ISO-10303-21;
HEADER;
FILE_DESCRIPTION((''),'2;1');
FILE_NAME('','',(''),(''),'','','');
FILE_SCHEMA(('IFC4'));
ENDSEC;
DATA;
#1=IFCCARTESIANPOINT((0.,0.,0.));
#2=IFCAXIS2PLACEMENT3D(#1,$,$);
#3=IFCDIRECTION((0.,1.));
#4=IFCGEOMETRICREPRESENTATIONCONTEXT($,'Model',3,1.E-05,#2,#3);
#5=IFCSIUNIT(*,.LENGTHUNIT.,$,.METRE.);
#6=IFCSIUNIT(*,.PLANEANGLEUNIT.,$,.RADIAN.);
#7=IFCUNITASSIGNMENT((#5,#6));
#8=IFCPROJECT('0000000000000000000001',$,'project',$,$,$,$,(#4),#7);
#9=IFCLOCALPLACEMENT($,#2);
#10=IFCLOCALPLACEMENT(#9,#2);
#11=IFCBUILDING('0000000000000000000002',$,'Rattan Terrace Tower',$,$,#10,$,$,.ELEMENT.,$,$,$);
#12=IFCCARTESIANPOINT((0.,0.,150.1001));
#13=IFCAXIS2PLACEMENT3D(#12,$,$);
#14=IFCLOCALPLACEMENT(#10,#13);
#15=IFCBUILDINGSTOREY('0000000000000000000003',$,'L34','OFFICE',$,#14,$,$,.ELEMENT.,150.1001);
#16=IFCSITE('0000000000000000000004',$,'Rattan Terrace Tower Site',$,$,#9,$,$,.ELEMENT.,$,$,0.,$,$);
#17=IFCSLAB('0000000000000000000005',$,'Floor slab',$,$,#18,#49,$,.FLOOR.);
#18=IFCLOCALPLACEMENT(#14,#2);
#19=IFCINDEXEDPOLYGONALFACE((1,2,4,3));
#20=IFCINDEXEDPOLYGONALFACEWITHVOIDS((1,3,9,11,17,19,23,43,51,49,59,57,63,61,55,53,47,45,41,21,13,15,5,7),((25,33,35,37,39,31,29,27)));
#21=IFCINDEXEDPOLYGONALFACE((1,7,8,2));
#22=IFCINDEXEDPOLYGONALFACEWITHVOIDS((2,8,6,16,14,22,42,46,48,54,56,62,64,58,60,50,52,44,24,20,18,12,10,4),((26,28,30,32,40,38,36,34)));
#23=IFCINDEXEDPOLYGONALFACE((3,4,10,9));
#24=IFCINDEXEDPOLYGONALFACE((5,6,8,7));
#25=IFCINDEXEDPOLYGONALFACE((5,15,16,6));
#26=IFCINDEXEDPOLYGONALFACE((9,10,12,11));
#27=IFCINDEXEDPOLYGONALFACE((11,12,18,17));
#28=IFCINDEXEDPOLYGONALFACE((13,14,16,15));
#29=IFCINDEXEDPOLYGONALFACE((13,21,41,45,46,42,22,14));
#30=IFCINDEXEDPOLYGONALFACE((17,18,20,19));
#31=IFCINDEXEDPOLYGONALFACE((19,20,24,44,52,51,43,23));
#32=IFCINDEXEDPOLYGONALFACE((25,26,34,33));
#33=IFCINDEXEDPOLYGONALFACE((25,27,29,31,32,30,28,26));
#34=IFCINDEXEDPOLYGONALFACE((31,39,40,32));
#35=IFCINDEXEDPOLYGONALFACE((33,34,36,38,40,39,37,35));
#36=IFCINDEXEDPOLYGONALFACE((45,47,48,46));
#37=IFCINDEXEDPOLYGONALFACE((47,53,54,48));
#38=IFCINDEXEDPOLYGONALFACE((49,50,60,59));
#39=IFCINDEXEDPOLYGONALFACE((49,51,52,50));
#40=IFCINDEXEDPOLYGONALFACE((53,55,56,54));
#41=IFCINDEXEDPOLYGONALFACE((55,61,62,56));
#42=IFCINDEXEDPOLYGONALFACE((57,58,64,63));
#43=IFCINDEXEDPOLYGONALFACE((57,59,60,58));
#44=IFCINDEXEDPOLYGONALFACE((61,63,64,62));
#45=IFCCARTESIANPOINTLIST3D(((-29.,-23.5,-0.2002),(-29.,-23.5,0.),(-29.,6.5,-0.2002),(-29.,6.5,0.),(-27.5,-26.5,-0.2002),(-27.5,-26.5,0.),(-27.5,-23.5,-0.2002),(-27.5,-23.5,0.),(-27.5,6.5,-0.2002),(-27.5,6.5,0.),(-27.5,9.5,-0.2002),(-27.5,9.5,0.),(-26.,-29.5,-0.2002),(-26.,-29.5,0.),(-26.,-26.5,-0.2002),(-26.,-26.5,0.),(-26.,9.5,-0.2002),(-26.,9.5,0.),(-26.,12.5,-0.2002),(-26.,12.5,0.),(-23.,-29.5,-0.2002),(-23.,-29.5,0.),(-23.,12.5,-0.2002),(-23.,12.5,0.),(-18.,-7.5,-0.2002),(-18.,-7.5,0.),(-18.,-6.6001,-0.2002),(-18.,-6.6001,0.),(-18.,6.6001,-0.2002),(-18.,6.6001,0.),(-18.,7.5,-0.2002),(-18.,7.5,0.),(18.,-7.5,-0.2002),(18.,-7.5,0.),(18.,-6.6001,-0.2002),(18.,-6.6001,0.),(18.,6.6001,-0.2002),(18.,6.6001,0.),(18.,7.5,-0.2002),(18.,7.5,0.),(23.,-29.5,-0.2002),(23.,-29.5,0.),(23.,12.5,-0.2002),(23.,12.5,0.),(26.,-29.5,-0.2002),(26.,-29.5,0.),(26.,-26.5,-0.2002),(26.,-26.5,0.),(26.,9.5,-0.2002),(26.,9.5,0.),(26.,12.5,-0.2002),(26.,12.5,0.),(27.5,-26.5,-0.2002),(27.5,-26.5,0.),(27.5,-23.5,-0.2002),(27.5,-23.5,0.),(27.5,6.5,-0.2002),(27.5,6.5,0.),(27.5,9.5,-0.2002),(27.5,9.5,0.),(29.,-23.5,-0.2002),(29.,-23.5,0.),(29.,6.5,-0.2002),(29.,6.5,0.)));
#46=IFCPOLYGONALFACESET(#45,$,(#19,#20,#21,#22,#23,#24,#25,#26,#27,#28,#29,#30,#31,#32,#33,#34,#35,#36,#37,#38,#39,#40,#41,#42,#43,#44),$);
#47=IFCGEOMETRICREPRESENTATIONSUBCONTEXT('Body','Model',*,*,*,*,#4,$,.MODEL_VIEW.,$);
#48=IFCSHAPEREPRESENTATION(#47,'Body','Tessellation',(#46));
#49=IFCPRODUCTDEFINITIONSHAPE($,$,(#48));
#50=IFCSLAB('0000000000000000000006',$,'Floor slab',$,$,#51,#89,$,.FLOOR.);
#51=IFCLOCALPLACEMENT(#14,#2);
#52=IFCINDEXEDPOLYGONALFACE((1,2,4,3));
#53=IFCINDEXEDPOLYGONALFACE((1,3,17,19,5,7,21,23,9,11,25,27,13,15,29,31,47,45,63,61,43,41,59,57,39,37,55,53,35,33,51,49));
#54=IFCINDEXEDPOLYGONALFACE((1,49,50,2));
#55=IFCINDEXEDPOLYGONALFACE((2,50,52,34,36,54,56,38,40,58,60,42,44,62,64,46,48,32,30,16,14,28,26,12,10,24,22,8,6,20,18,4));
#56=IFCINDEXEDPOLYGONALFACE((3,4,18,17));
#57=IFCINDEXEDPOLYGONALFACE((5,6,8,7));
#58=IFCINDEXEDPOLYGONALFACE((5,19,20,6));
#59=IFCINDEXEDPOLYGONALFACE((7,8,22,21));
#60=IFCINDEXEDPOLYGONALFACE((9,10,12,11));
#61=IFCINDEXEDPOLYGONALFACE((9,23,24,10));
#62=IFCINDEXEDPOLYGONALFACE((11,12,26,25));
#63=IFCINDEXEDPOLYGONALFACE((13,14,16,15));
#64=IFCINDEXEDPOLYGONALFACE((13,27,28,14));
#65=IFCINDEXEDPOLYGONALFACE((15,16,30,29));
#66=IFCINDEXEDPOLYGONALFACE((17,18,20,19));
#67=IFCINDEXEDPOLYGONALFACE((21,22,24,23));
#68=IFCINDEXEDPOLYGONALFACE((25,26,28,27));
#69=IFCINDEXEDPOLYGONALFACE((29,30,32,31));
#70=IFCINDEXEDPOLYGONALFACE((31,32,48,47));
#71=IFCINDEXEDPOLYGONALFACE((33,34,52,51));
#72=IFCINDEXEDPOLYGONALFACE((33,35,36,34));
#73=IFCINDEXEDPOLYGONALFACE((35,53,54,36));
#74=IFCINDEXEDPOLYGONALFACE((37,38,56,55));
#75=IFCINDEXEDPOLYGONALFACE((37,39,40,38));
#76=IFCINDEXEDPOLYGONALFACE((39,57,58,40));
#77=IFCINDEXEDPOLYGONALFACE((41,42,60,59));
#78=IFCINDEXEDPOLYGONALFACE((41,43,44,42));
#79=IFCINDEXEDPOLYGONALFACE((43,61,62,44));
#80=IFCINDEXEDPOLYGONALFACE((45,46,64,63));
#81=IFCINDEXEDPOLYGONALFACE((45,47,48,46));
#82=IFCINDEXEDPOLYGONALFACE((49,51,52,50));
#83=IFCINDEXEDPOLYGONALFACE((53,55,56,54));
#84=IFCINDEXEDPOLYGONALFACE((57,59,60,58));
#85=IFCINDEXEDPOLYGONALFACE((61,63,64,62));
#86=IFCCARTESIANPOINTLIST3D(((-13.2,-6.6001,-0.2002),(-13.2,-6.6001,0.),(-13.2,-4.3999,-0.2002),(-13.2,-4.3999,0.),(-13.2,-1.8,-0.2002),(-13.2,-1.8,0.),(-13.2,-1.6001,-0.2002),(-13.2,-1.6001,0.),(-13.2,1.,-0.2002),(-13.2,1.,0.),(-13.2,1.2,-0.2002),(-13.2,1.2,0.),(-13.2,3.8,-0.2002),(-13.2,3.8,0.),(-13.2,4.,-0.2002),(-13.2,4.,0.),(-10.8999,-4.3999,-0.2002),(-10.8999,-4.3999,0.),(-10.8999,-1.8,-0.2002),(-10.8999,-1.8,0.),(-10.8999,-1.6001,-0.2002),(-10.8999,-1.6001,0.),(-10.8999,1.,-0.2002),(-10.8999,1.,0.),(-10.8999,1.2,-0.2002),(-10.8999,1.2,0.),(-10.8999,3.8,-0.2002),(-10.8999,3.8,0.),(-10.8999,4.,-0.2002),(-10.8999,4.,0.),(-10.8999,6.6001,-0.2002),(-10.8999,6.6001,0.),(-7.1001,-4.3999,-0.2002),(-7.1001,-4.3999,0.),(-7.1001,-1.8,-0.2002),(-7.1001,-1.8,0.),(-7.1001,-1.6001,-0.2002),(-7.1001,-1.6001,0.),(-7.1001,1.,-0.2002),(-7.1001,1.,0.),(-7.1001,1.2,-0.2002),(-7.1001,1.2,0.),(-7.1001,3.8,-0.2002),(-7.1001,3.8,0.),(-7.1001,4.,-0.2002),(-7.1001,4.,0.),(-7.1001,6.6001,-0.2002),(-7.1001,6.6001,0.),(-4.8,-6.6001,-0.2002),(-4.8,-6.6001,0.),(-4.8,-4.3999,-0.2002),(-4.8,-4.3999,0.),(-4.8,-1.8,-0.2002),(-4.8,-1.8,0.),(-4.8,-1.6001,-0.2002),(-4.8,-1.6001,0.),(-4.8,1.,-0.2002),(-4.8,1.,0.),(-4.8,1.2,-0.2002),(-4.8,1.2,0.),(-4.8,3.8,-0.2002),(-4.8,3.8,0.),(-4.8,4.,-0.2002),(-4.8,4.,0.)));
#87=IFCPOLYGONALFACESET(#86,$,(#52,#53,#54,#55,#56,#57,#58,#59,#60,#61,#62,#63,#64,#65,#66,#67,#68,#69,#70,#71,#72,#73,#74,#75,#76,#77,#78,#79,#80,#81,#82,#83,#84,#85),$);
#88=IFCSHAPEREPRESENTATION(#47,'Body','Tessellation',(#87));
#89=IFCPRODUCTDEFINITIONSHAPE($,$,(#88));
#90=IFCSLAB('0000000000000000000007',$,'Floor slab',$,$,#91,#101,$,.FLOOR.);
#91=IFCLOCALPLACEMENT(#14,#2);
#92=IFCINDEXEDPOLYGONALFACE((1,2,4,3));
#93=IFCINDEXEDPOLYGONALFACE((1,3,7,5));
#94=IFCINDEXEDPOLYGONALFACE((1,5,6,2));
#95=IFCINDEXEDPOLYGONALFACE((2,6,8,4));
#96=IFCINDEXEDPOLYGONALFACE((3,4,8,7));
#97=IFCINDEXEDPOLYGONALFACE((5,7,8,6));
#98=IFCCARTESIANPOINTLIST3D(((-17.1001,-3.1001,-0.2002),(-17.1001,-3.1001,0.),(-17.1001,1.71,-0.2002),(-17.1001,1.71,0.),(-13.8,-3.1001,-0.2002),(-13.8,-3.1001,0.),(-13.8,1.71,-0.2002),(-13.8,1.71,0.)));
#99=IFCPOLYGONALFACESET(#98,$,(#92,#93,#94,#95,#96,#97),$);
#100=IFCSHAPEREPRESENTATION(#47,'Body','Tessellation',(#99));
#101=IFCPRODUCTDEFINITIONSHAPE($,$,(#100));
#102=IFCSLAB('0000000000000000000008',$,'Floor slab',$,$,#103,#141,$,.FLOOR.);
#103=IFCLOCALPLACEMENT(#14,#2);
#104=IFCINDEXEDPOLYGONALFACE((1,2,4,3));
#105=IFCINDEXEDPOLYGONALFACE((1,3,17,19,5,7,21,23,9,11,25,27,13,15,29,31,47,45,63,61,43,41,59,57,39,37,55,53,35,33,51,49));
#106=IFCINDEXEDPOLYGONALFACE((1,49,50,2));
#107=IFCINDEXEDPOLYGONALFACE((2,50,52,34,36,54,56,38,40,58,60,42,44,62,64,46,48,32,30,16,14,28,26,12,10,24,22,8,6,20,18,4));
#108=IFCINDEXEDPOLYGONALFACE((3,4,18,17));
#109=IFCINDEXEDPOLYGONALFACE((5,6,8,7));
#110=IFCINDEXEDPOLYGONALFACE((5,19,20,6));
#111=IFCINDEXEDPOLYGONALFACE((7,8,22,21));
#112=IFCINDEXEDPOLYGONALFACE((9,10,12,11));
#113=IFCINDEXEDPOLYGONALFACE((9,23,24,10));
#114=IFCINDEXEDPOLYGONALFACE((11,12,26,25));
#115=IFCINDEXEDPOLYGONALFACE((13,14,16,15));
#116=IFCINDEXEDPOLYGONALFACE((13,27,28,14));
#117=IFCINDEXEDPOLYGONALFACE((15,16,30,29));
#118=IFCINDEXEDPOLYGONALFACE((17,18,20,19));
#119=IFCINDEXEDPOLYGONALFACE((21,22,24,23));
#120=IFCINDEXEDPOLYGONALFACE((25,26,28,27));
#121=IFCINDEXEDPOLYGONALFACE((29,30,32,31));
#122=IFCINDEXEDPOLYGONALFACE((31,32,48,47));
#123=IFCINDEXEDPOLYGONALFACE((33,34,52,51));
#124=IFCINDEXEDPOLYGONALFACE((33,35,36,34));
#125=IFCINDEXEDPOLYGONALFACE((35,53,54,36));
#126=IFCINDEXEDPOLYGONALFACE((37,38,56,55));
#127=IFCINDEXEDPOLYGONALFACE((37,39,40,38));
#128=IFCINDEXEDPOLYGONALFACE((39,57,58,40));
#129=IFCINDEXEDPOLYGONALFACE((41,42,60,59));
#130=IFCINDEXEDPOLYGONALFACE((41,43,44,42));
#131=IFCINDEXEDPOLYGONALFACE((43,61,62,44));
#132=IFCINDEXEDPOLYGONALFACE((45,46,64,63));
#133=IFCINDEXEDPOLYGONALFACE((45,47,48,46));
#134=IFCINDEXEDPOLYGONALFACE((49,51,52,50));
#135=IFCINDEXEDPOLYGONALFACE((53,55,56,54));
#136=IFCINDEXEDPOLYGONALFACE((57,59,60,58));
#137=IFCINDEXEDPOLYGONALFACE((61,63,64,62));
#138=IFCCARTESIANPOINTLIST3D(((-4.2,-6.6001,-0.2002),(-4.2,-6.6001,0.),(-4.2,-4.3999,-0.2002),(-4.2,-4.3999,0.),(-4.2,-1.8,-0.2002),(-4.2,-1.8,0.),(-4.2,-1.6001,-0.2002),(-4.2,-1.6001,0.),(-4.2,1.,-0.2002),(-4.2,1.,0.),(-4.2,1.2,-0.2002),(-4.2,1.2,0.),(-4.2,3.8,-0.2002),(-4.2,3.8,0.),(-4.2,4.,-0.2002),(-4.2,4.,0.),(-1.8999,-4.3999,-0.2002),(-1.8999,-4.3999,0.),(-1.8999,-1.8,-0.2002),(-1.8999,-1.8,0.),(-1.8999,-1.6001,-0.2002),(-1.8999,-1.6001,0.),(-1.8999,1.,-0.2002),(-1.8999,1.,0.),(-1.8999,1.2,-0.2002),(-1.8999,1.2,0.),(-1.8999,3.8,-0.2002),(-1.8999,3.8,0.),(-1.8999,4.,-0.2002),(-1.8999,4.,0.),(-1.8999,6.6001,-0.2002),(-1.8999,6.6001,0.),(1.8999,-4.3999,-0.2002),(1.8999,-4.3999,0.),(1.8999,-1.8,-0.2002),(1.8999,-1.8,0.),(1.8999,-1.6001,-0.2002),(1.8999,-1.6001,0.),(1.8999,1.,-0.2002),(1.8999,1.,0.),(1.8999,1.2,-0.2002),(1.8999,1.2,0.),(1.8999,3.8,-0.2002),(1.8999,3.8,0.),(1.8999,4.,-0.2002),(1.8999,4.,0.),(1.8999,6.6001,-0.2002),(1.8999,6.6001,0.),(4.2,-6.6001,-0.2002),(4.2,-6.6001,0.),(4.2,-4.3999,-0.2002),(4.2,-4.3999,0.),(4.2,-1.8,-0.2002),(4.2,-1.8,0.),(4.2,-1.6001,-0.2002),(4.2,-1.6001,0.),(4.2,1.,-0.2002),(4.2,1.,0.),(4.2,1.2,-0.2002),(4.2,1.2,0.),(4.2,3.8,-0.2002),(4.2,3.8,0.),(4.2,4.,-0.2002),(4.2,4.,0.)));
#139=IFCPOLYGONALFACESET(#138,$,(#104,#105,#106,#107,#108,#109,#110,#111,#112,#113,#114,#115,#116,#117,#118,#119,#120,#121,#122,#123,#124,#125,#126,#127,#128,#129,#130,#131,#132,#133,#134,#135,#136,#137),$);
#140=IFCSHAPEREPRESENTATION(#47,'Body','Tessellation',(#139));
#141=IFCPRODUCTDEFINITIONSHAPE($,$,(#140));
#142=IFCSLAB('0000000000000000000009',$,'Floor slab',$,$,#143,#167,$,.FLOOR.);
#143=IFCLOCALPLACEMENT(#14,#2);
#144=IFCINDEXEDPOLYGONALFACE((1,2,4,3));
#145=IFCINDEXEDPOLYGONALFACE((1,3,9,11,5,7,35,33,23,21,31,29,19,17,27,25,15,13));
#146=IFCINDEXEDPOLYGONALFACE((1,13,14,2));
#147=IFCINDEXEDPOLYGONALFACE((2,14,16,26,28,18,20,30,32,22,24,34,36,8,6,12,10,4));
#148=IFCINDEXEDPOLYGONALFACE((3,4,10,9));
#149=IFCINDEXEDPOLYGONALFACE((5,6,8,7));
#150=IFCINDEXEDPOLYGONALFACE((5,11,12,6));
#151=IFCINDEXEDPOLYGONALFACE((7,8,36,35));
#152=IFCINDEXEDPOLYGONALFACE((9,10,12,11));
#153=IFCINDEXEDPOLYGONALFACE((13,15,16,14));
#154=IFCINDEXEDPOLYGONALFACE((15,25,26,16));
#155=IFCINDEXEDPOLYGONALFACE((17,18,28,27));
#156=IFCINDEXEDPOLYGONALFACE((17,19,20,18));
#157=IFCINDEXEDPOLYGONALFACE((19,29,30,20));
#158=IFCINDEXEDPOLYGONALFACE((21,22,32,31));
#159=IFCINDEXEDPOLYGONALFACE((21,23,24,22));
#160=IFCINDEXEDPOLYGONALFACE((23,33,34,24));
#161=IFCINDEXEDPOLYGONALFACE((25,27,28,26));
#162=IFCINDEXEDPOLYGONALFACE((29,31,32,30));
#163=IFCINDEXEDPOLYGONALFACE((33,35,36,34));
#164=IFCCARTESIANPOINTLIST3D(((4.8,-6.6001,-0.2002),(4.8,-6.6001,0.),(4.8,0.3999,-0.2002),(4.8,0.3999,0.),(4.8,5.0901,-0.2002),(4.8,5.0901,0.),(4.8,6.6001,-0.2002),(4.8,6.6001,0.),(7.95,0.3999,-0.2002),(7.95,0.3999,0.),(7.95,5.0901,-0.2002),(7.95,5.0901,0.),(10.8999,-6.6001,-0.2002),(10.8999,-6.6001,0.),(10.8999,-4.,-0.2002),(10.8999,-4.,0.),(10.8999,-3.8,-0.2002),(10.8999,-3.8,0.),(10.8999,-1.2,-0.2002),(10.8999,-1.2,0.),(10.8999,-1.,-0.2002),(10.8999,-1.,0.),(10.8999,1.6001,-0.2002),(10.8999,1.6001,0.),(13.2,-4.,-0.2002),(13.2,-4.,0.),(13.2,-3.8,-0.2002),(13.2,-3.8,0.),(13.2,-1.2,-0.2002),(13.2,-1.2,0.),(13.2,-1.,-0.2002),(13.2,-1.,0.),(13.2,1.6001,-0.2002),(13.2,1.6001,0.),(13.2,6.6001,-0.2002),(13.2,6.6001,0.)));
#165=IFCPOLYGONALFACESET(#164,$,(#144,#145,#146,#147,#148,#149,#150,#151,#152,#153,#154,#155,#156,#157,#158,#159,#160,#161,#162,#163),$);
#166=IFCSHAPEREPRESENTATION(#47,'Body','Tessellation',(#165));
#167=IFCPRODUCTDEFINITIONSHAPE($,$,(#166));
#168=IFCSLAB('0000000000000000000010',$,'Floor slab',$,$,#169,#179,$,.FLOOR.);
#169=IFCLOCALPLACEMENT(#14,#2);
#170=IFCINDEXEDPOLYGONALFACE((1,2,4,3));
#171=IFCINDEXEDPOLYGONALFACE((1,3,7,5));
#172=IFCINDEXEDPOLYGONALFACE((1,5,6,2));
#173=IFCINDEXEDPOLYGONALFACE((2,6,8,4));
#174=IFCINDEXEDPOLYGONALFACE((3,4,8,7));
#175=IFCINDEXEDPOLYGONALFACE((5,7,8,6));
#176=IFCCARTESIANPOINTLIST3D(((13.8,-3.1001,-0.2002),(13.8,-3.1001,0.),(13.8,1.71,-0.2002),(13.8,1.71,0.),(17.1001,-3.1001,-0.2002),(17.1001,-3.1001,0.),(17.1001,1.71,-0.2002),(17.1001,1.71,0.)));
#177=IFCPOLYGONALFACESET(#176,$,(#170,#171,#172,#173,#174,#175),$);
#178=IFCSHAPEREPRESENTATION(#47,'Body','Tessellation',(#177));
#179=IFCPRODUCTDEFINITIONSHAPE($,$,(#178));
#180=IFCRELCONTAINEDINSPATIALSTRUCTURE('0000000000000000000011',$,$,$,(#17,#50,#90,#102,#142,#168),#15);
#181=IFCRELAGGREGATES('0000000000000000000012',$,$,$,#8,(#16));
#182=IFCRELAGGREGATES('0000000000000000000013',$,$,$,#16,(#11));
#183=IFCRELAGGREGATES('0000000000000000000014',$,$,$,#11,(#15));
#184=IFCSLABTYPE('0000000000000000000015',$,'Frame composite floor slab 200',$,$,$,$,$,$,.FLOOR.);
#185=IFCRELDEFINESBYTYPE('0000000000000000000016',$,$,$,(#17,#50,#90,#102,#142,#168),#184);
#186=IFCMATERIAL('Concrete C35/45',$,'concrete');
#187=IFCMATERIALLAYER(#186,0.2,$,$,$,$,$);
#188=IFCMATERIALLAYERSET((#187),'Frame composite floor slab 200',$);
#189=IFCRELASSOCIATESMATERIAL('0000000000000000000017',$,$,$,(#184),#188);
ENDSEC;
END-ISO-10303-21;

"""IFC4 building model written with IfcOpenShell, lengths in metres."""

from ifc_helpers import new_model, si_unit, direction, frame, origin, place, context, subcontext, project, spatial, polyline, outline, extrude, material, layer, layer_set, type_object, element, save


model = new_model("IFC4")

# Units and contexts
model_context = context("Model", 3, precision=1e-05, world=origin(), true_north=direction((0.0, 1.0)))
body_context = subcontext(model_context, "Body", "Model", "MODEL_VIEW")
ifc_project = project(units=[si_unit("LENGTHUNIT", "METRE"), si_unit("PLANEANGLEUNIT", "RADIAN")], contexts=[model_context])

# Site, building, storey
site_placement = place(None, origin())
site = spatial("IfcSite", under=ifc_project, at=site_placement, Name="Rattan Terrace Tower Site", CompositionType="ELEMENT", RefElevation=0.0)
building_placement = place(site_placement, origin())
building = spatial("IfcBuilding", under=site, at=building_placement, Name="Rattan Terrace Tower", CompositionType="ELEMENT")
storey_placement = place(building_placement, frame((0.0, 0.0, 150.1001)))
storey = spatial("IfcBuildingStorey", under=building, at=storey_placement, Name="L34", Description="OFFICE", CompositionType="ELEMENT", Elevation=150.1001)

# Slabs
ifc_material_1 = material(Name="Concrete C35/45", Category="concrete")
ifc_layer_1 = layer(ifc_material_1, 0.2)
ifc_layer_set_1 = layer_set([ifc_layer_1], Name="Frame composite floor slab 200")
slab_type_1 = type_object("IfcSlabType", Name="Frame composite floor slab 200", PredefinedType="FLOOR", material=ifc_layer_set_1)
slab_1_placement = place(storey_placement, frame((0.0, 0.0, -0.2002)))
element("IfcSlab", 1, at=slab_1_placement, inside=storey, type_object=slab_type_1, Name="Floor slab", PredefinedType="FLOOR", context=body_context, shape_type="SweptSolid", body=[
    extrude(outline(polyline([(-23.0, -29.5), (23.0, -29.5), (26.0, -29.5), (26.0, -26.5), (27.5, -26.5), (27.5, -23.5), (29.0, -23.5), (29.0, 6.5), (27.5, 6.5), (27.5, 9.5), (26.0, 9.5), (26.0, 12.5), (23.0, 12.5), (-23.0, 12.5), (-26.0, 12.5), (-26.0, 9.5), (-27.5, 9.5), (-27.5, 6.5), (-29.0, 6.5), (-29.0, -23.5), (-27.5, -23.5), (-27.5, -26.5), (-26.0, -26.5), (-26.0, -29.5), (-23.0, -29.5)]), holes=[polyline([(-18.0, -6.6001), (-18.0, -7.5), (18.0, -7.5), (18.0, -6.6001), (18.0, 6.6001), (18.0, 7.5), (-18.0, 7.5), (-18.0, 6.6001), (-18.0, -6.6001)])]), origin(), (0.0, 0.0, 1.0), 0.2002),
])
slab_2_placement = place(storey_placement, frame((0.0, 0.0, -0.2002)))
element("IfcSlab", 2, at=slab_2_placement, inside=storey, type_object=slab_type_1, Name="Floor slab", PredefinedType="FLOOR", context=body_context, shape_type="SweptSolid", body=[
    extrude(outline(polyline([(-10.8999, 6.6001), (-10.8999, 4.0), (-13.2, 4.0), (-13.2, 3.8), (-10.8999, 3.8), (-10.8999, 1.2), (-13.2, 1.2), (-13.2, 1.0), (-10.8999, 1.0), (-10.8999, -1.6001), (-13.2, -1.6001), (-13.2, -1.8), (-10.8999, -1.8), (-10.8999, -4.3999), (-13.2, -4.3999), (-13.2, -6.6001), (-4.8, -6.6001), (-4.8, -4.3999), (-7.1001, -4.3999), (-7.1001, -1.8), (-4.8, -1.8), (-4.8, -1.6001), (-7.1001, -1.6001), (-7.1001, 1.0), (-4.8, 1.0), (-4.8, 1.2), (-7.1001, 1.2), (-7.1001, 3.8), (-4.8, 3.8), (-4.8, 4.0), (-7.1001, 4.0), (-7.1001, 6.6001), (-10.8999, 6.6001)])), origin(), (0.0, 0.0, 1.0), 0.2002),
])
slab_3_placement = place(storey_placement, frame((0.0, 0.0, -0.2002)))
element("IfcSlab", 3, at=slab_3_placement, inside=storey, type_object=slab_type_1, Name="Floor slab", PredefinedType="FLOOR", context=body_context, shape_type="SweptSolid", body=[
    extrude(outline(polyline([(-17.1001, -3.1001), (-13.8, -3.1001), (-13.8, 1.71), (-17.1001, 1.71), (-17.1001, -3.1001)])), origin(), (0.0, 0.0, 1.0), 0.2002),
])
slab_4_placement = place(storey_placement, frame((0.0, 0.0, -0.2002)))
element("IfcSlab", 4, at=slab_4_placement, inside=storey, type_object=slab_type_1, Name="Floor slab", PredefinedType="FLOOR", context=body_context, shape_type="SweptSolid", body=[
    extrude(outline(polyline([(-4.2, 4.0), (-4.2, 3.8), (-1.8999, 3.8), (-1.8999, 1.2), (-4.2, 1.2), (-4.2, 1.0), (-1.8999, 1.0), (-1.8999, -1.6001), (-4.2, -1.6001), (-4.2, -1.8), (-1.8999, -1.8), (-1.8999, -4.3999), (-4.2, -4.3999), (-4.2, -6.6001), (4.2, -6.6001), (4.2, -4.3999), (1.8999, -4.3999), (1.8999, -1.8), (4.2, -1.8), (4.2, -1.6001), (1.8999, -1.6001), (1.8999, 1.0), (4.2, 1.0), (4.2, 1.2), (1.8999, 1.2), (1.8999, 3.8), (4.2, 3.8), (4.2, 4.0), (1.8999, 4.0), (1.8999, 6.6001), (-1.8999, 6.6001), (-1.8999, 4.0), (-4.2, 4.0)])), origin(), (0.0, 0.0, 1.0), 0.2002),
])
slab_5_placement = place(storey_placement, frame((0.0, 0.0, -0.2002)))
element("IfcSlab", 5, at=slab_5_placement, inside=storey, type_object=slab_type_1, Name="Floor slab", PredefinedType="FLOOR", context=body_context, shape_type="SweptSolid", body=[
    extrude(outline(polyline([(4.8, 5.0901), (7.95, 5.0901), (7.95, 0.3999), (4.8, 0.3999), (4.8, -6.6001), (10.8999, -6.6001), (10.8999, -4.0), (13.2, -4.0), (13.2, -3.8), (10.8999, -3.8), (10.8999, -1.2), (13.2, -1.2), (13.2, -1.0), (10.8999, -1.0), (10.8999, 1.6001), (13.2, 1.6001), (13.2, 6.6001), (4.8, 6.6001), (4.8, 5.0901)])), origin(), (0.0, 0.0, 1.0), 0.2002),
])
slab_6_placement = place(storey_placement, frame((0.0, 0.0, -0.2002)))
element("IfcSlab", 6, at=slab_6_placement, inside=storey, type_object=slab_type_1, Name="Floor slab", PredefinedType="FLOOR", context=body_context, shape_type="SweptSolid", body=[
    extrude(outline(polyline([(13.8, -3.1001), (17.1001, -3.1001), (17.1001, 1.71), (13.8, 1.71), (13.8, -3.1001)])), origin(), (0.0, 0.0, 1.0), 0.2002),
])

save(model, "model.ifc")
